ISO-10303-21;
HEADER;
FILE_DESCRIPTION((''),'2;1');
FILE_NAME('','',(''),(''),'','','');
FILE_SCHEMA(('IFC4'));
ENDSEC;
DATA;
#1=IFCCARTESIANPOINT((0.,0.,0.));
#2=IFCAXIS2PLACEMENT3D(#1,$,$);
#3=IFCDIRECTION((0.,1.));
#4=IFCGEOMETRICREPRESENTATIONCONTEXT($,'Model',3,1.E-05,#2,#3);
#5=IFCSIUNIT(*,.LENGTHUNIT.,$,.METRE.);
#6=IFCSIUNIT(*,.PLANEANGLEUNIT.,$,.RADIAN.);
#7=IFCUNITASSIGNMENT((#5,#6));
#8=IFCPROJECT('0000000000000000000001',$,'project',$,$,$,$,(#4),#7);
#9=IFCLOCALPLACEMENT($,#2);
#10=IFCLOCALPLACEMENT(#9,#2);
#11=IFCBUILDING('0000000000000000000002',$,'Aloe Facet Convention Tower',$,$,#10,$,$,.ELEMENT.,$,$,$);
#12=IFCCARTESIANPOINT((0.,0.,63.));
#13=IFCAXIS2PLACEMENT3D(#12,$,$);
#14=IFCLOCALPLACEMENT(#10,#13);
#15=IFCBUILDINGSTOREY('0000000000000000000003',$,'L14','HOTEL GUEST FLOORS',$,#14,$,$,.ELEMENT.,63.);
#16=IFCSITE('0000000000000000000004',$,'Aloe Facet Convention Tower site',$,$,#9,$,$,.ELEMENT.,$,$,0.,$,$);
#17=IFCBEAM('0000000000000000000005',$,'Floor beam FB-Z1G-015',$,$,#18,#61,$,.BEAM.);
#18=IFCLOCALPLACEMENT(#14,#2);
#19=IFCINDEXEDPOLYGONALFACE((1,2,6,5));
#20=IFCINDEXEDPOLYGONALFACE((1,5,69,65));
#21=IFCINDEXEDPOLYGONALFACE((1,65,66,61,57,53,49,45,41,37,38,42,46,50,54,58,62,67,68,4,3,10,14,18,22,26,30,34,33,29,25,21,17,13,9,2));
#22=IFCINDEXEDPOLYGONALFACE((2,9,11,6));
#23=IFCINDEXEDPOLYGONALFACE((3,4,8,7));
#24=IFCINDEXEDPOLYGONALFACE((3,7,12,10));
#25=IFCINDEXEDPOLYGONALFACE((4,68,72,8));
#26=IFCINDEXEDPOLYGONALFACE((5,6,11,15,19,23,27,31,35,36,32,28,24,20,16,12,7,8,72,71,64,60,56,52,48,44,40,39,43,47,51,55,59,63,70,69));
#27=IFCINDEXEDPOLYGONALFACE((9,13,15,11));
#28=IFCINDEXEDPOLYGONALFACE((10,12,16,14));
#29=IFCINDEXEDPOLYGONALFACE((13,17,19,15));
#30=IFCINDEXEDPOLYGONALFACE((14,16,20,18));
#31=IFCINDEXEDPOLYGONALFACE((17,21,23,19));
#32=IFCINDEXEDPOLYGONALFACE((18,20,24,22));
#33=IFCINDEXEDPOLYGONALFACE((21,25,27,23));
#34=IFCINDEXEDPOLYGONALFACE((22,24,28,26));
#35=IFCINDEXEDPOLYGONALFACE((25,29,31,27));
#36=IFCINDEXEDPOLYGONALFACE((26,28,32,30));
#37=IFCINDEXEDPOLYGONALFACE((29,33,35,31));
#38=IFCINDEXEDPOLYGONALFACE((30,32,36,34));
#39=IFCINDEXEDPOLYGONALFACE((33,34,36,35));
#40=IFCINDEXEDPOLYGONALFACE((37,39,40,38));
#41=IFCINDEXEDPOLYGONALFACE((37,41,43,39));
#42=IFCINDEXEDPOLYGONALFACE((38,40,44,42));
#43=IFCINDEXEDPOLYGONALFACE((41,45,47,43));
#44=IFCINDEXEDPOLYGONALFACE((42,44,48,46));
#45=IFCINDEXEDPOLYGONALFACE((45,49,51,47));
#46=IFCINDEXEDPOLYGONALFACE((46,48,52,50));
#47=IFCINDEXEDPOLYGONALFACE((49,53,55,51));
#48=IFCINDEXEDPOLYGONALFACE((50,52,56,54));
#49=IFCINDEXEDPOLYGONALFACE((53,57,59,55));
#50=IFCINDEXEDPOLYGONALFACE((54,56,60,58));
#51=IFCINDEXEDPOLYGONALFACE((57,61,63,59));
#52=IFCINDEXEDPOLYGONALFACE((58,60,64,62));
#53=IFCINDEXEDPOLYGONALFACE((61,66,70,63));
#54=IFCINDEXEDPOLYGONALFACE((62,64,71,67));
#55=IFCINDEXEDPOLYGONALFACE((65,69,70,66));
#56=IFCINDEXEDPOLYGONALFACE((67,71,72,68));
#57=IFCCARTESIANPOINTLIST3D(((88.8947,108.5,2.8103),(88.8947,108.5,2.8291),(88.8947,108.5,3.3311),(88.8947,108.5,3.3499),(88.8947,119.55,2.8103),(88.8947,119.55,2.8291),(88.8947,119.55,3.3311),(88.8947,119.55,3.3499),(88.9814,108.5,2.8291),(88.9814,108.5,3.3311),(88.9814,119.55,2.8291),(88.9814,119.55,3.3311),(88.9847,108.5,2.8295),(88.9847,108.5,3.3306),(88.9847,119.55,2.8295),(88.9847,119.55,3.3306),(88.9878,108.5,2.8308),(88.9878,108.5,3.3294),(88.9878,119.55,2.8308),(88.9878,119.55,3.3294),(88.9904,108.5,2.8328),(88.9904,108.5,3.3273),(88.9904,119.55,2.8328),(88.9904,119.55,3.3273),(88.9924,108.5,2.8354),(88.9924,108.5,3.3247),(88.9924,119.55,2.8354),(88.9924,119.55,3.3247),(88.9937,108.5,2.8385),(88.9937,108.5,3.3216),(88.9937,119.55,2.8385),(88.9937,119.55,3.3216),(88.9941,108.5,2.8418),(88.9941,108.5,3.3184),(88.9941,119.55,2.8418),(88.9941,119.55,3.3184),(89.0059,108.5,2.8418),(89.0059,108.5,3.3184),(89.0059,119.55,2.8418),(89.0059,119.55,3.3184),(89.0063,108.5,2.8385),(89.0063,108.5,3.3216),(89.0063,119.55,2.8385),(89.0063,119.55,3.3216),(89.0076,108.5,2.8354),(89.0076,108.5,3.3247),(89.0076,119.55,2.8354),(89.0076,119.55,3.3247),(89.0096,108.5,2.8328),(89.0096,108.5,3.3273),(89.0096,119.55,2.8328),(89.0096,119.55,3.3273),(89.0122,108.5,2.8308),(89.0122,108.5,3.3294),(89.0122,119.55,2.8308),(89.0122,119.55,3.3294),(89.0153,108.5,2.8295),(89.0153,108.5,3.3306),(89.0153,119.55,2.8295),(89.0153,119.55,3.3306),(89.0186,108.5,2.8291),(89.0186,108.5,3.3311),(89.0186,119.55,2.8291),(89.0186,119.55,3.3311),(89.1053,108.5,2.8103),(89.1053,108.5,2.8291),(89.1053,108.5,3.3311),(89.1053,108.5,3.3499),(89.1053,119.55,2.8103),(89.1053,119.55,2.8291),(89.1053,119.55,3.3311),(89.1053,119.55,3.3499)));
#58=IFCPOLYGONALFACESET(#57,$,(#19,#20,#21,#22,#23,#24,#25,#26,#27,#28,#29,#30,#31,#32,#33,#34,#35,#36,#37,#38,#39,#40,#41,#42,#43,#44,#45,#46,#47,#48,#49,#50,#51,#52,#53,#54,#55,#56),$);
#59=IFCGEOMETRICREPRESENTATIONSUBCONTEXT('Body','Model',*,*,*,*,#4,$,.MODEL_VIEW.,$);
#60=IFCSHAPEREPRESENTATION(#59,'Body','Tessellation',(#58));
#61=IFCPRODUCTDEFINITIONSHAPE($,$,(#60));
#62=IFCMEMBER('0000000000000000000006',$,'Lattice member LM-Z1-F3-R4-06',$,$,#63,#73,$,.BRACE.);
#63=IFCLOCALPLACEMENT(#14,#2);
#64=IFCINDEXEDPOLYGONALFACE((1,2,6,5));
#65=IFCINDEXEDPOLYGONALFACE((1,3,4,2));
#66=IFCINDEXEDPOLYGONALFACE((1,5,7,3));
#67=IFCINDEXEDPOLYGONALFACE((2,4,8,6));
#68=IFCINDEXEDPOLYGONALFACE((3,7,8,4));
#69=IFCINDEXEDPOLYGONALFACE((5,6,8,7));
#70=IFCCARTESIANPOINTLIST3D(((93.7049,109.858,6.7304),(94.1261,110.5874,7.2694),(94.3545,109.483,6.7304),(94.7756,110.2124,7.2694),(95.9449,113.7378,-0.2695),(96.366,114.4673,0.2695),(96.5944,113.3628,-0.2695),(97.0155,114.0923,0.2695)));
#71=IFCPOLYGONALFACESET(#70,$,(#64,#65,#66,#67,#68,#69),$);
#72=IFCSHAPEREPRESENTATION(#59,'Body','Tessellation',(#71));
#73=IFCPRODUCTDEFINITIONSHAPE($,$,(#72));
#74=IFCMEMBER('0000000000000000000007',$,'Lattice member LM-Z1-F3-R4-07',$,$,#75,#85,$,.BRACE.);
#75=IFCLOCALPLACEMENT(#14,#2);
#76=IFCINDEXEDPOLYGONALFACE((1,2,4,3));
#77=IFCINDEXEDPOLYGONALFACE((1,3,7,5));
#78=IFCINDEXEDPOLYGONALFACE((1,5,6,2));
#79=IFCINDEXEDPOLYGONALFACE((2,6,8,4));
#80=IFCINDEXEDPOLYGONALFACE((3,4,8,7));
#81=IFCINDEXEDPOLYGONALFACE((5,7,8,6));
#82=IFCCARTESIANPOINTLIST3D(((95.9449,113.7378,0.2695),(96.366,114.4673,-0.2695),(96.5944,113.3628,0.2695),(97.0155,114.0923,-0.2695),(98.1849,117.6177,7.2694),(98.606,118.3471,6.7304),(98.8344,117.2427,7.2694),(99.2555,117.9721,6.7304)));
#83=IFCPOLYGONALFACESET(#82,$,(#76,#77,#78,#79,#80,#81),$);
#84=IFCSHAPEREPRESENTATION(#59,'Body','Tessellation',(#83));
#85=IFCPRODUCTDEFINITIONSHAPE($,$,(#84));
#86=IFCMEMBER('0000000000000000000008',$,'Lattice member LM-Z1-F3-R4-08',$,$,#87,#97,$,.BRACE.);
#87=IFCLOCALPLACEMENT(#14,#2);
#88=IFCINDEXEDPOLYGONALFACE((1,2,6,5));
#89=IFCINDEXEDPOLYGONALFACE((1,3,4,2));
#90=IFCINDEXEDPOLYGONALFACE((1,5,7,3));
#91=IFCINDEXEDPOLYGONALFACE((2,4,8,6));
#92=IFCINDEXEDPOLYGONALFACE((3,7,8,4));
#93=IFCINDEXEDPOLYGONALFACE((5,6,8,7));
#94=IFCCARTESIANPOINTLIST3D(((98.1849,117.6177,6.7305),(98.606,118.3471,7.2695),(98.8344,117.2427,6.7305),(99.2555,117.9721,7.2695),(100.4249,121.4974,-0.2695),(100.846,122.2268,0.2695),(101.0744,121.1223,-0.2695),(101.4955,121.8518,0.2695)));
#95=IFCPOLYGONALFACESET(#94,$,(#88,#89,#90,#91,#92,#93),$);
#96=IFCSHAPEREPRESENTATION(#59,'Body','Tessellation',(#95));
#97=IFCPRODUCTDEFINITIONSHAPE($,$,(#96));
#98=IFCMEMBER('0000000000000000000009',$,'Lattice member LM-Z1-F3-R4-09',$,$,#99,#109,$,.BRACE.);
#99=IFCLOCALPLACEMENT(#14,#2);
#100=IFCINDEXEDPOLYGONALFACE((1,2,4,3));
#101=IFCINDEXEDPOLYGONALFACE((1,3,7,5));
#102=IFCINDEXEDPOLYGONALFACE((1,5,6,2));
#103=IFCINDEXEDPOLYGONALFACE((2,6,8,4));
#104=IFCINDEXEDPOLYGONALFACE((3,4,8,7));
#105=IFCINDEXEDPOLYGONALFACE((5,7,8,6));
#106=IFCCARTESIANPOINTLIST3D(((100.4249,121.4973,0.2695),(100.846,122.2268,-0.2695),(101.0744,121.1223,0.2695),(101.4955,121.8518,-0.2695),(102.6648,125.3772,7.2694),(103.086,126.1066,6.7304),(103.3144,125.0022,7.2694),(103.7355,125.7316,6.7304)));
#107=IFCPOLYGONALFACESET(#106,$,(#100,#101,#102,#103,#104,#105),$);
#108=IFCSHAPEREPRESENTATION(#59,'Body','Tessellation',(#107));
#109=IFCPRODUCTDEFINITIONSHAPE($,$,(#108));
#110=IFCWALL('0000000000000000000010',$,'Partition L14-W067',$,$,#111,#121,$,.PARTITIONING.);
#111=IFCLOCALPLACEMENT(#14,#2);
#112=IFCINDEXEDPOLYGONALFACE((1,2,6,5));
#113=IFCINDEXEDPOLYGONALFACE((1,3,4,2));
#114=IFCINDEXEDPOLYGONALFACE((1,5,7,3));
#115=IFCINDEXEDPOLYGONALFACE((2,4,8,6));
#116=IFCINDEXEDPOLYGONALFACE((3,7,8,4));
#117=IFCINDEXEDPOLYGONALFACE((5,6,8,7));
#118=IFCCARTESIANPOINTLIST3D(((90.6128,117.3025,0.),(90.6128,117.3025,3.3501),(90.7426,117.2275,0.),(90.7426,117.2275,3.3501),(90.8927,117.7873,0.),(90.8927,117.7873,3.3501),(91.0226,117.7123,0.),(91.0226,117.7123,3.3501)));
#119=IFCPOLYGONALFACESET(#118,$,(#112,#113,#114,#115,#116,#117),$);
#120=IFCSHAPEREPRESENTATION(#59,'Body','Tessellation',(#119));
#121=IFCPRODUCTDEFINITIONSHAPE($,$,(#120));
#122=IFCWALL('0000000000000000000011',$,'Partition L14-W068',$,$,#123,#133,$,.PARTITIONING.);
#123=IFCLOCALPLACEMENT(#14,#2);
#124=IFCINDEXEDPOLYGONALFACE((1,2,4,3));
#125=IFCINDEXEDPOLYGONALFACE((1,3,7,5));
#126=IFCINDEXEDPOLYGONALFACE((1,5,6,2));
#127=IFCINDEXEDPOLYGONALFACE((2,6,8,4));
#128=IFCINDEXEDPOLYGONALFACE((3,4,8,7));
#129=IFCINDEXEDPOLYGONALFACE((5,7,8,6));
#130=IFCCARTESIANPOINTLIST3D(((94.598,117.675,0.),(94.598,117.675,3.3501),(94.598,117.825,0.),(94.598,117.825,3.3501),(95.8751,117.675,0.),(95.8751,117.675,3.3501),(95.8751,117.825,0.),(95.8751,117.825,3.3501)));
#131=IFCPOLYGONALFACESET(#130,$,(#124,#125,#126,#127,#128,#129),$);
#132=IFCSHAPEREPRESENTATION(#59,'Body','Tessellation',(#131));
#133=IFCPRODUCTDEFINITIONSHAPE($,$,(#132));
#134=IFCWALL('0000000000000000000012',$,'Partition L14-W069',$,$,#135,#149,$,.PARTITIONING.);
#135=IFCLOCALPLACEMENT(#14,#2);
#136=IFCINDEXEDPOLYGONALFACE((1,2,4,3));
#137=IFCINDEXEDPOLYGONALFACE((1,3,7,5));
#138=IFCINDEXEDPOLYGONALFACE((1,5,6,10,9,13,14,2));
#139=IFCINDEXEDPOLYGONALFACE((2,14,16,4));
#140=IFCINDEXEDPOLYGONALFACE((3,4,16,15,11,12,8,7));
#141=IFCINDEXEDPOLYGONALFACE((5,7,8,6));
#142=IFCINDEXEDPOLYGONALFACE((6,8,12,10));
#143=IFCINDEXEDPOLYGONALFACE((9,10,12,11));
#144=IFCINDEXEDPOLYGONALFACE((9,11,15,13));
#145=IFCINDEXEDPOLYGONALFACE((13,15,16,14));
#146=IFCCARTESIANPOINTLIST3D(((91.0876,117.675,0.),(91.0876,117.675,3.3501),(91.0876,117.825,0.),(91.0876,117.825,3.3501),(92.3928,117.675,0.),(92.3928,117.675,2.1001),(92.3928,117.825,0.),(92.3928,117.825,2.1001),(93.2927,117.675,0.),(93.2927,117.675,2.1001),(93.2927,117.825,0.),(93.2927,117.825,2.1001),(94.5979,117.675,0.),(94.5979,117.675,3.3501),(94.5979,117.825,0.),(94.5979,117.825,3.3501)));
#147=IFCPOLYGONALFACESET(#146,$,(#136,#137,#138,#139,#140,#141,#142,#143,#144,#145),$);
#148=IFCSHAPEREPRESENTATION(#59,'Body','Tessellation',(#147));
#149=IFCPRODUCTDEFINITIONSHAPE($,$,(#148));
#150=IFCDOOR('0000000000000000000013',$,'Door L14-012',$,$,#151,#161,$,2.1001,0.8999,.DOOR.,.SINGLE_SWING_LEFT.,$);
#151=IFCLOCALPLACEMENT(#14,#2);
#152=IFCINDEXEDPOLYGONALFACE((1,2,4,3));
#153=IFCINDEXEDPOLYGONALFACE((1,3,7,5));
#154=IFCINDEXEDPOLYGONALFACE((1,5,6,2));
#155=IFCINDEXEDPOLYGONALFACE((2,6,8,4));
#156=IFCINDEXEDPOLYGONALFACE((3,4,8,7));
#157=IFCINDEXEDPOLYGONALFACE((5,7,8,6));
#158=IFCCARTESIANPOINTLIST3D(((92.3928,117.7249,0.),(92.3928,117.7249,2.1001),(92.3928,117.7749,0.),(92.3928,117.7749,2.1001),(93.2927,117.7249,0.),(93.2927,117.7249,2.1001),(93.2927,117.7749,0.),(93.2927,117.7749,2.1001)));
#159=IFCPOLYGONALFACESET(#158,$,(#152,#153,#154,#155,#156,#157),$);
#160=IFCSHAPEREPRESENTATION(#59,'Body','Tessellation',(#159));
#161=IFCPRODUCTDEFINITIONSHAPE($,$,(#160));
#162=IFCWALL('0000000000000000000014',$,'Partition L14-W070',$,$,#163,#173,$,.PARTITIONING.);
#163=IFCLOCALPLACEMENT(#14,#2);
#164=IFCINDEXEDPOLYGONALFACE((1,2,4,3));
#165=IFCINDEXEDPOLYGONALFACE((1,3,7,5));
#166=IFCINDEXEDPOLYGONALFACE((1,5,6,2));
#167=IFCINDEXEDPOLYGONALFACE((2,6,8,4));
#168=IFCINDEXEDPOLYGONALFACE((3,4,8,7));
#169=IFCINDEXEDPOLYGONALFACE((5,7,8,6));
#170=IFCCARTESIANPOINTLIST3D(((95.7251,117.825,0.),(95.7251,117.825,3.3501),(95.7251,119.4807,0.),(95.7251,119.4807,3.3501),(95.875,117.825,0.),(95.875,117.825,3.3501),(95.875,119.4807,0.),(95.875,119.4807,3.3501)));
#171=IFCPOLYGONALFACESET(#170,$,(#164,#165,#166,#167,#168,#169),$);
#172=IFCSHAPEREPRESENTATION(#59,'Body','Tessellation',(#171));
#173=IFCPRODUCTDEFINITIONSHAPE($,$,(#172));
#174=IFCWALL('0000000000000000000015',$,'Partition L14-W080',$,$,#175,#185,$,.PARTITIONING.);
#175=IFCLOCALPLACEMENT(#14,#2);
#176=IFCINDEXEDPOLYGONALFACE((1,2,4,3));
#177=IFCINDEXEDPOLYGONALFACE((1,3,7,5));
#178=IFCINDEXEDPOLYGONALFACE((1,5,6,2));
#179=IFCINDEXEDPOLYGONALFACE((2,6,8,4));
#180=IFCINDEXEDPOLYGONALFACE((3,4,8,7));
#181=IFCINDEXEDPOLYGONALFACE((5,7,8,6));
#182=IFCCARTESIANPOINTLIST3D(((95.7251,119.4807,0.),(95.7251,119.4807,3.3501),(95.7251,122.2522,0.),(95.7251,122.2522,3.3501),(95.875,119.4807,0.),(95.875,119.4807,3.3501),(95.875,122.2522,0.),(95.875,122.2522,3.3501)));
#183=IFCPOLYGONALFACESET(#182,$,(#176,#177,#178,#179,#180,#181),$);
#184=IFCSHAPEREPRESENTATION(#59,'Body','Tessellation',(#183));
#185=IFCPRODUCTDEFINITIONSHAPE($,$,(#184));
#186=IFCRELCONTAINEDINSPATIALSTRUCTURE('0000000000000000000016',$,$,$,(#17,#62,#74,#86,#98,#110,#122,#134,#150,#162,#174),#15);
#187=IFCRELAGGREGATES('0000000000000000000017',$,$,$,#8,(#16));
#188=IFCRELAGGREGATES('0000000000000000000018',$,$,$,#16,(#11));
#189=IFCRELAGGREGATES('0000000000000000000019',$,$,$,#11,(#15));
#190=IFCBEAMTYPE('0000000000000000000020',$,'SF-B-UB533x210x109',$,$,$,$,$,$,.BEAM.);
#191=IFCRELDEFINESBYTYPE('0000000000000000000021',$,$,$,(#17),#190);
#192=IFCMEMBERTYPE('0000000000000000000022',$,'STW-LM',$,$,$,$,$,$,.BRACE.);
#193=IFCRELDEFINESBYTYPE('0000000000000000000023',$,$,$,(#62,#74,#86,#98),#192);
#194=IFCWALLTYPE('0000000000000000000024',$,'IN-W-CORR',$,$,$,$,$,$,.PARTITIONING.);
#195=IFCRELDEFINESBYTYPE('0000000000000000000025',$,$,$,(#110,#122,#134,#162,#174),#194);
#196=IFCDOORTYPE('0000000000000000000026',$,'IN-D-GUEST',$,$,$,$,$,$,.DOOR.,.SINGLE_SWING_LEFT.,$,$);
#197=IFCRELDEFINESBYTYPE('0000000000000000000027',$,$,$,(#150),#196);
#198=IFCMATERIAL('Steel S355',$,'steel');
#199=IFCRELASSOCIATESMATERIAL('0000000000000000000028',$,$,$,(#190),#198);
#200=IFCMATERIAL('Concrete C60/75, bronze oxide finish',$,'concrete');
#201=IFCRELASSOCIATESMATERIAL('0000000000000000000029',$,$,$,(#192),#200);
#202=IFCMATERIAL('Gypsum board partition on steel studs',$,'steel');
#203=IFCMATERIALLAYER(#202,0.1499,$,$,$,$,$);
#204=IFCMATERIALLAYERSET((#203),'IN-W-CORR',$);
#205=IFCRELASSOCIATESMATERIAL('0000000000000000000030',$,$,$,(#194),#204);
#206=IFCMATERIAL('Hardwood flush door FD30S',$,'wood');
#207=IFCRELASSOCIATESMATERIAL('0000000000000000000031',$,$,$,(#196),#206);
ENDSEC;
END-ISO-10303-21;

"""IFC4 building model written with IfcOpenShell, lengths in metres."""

from ifc_helpers import new_model, si_unit, direction, frame, frame_2d, origin, origin_2d, place, context, subcontext, project, spatial, rectangle, i_section, extrude, material, layer, layer_set, material_profile, profile_set, type_object, element, fill, save


model = new_model("IFC4")

# Units and contexts
model_context = context("Model", 3, precision=1e-05, world=origin(), true_north=direction((0.0, 1.0)))
body_context = subcontext(model_context, "Body", "Model", "MODEL_VIEW")
ifc_project = project(units=[si_unit("LENGTHUNIT", "METRE"), si_unit("PLANEANGLEUNIT", "RADIAN")], contexts=[model_context])

# Site, building, storey
site_placement = place(None, origin())
site = spatial("IfcSite", under=ifc_project, at=site_placement, Name="Aloe Facet Convention Tower site", CompositionType="ELEMENT", RefElevation=0.0)
building_placement = place(site_placement, origin())
building = spatial("IfcBuilding", under=site, at=building_placement, Name="Aloe Facet Convention Tower", CompositionType="ELEMENT")
storey_placement = place(building_placement, frame((0.0, 0.0, 63.0)))
storey = spatial("IfcBuildingStorey", under=building, at=storey_placement, Name="L14", Description="HOTEL GUEST FLOORS", CompositionType="ELEMENT", Elevation=63.0)

# Beam
ifc_material_1 = material(Name="Steel S355", Category="steel")
ifc_material_profile_1 = material_profile(ifc_material_1, i_section(OverallWidth=0.2107, OverallDepth=0.5396, WebThickness=0.0117, FlangeThickness=0.0188, FilletRadius=0.0127, at=origin_2d()), Name="UB 533x210x109")
ifc_profile_set_1 = profile_set([ifc_material_profile_1], Name="Steel S355")
beam_type_1 = type_object("IfcBeamType", Name="SF-B-UB533x210x109", PredefinedType="BEAM", material=ifc_profile_set_1)
beam_1_placement = place(storey_placement, frame((89.0, 119.55, 3.0801), z_axis=(0.0, -1.0, 0.0), x_axis=(1.0, 0.0, 0.0)))
element("IfcBeam", 1, at=beam_1_placement, inside=storey, type_object=beam_type_1, Name="Floor beam FB-Z1G-015", PredefinedType="BEAM", context=body_context, shape_type="SweptSolid", body=[
    extrude(i_section(OverallWidth=0.2107, OverallDepth=0.5396, WebThickness=0.0117, FlangeThickness=0.0188, FilletRadius=0.0127, at=origin_2d()), origin(), (0.0, 0.0, 1.0), 11.05),
])

# Members
ifc_material_2 = material(Name="Concrete C60/75, bronze oxide finish", Category="concrete")
ifc_material_profile_2 = material_profile(ifc_material_2, rectangle(XDim=0.75, YDim=1.0, at=origin_2d()), Name="STW-LM")
ifc_profile_set_2 = profile_set([ifc_material_profile_2], Name="Concrete C60/75, bronze oxide finish")
member_type = type_object("IfcMemberType", Name="STW-LM", PredefinedType="BRACE", material=ifc_profile_set_2)
for number, where, z_axis, x_axis, name in (
    (2, (96.4802, 113.915, 0.0), (-0.269524, -0.466843, 0.842267), (0.866031, -0.49999, 0.0), "Lattice member LM-Z1-F3-R4-06"),
    (3, (96.4802, 113.915, 0.0), (0.269524, 0.466843, 0.842267), (-0.866031, 0.49999, 0.0), "Lattice member LM-Z1-F3-R4-07"),
    (4, (100.9602, 121.6746, 0.0), (-0.269528, -0.46682, 0.842279), (0.866018, -0.500013, 0.0), "Lattice member LM-Z1-F3-R4-08"),
    (5, (100.9602, 121.6746, 0.0), (0.269524, 0.466843, 0.842267), (-0.866031, 0.49999, 0.0), "Lattice member LM-Z1-F3-R4-09"),
):
    element("IfcMember", number, at=place(storey_placement, frame(where, z_axis=z_axis, x_axis=x_axis)), inside=storey, type_object=member_type, Name=name, PredefinedType="BRACE", context=body_context, shape_type="SweptSolid", body=[
        extrude(rectangle(XDim=0.75, YDim=1.0, at=origin_2d()), origin(), (0.0, 0.0, 1.0), 8.3108),
    ])

# Walls
ifc_material_3 = material(Name="Gypsum board partition on steel studs", Category="steel")
ifc_layer_1 = layer(ifc_material_3, 0.1499)
ifc_layer_set_1 = layer_set([ifc_layer_1], Name="IN-W-CORR")
wall_type_1 = type_object("IfcWallType", Name="IN-W-CORR", PredefinedType="PARTITIONING", material=ifc_layer_set_1)
wall_1_placement = place(storey_placement, frame((90.6777, 117.2651, 0.0), z_axis=(0.0, 0.0, 1.0), x_axis=(0.500125, 0.865953, 0.0)))
element("IfcWall", 6, at=wall_1_placement, inside=storey, type_object=wall_type_1, Name="Partition L14-W067", PredefinedType="PARTITIONING", context=body_context, shape_type="SweptSolid", body=[
    extrude(rectangle(XDim=0.5598, YDim=0.1499, at=frame_2d((0.2798, 0.0))), origin(), (0.0, 0.0, 1.0), 3.3501),
])
wall_2_placement = place(storey_placement, frame((94.5979, 117.75, 0.0), z_axis=(0.0, 0.0, 1.0), x_axis=(1.0, 0.0, 0.0)))
element("IfcWall", 7, at=wall_2_placement, inside=storey, type_object=wall_type_1, Name="Partition L14-W068", PredefinedType="PARTITIONING", context=body_context, shape_type="SweptSolid", body=[
    extrude(rectangle(XDim=1.2771, YDim=0.1499, at=frame_2d((0.6387, 0.0))), origin(), (0.0, 0.0, 1.0), 3.3501),
])

# Wall, opening, door
wall_3_placement = place(storey_placement, frame((91.0876, 117.75, 0.0), z_axis=(0.0, 0.0, 1.0), x_axis=(1.0, 0.0, 0.0)))
wall_3 = element("IfcWall", 8, at=wall_3_placement, inside=storey, type_object=wall_type_1, Name="Partition L14-W069", PredefinedType="PARTITIONING", context=body_context, shape_type="SweptSolid", body=[
    extrude(rectangle(XDim=3.5103, YDim=0.1499, at=frame_2d((1.7551, 0.0))), origin(), (0.0, 0.0, 1.0), 3.3501),
])
opening_1_placement = place(wall_3_placement, frame((1.3052, 0.0, 0.0)))
opening_1 = element("IfcOpeningElement", 9, at=opening_1_placement, cuts=wall_3, PredefinedType="OPENING", context=body_context, shape_type="SweptSolid", body=[
    extrude(rectangle(XDim=0.8999, YDim=2.1001, at=frame_2d((0.45, 1.05))), frame((0.0, 0.085, 0.0), z_axis=(0.0, -1.0, 0.0), x_axis=(1.0, 0.0, 0.0)), (0.0, 0.0, 1.0), 0.1699),
])
ifc_material_4 = material(Name="Hardwood flush door FD30S", Category="wood")
door_type_1 = type_object("IfcDoorType", Name="IN-D-GUEST", OperationType="SINGLE_SWING_LEFT", PredefinedType="DOOR", material=ifc_material_4)
door_1_placement = place(opening_1_placement, origin())
door_1 = element("IfcDoor", 10, at=door_1_placement, inside=storey, type_object=door_type_1, Name="Door L14-012", OperationType="SINGLE_SWING_LEFT", OverallHeight=2.1001, OverallWidth=0.8999, PredefinedType="DOOR", context=body_context, shape_type="SweptSolid", body=[
    extrude(rectangle(XDim=0.8999, YDim=2.1001, at=frame_2d((0.45, 1.05))), frame((0.0, 0.0249, 0.0), z_axis=(0.0, -1.0, 0.0), x_axis=(1.0, 0.0, 0.0)), (0.0, 0.0, 1.0), 0.05),
])
fill(opening_1, door_1)

# Walls
wall_4_placement = place(storey_placement, frame((95.8, 117.825, 0.0), z_axis=(0.0, 0.0, 1.0), x_axis=(0.0, 1.0, 0.0)))
element("IfcWall", 11, at=wall_4_placement, inside=storey, type_object=wall_type_1, Name="Partition L14-W070", PredefinedType="PARTITIONING", context=body_context, shape_type="SweptSolid", body=[
    extrude(rectangle(XDim=1.6558, YDim=0.1499, at=frame_2d((0.8279, 0.0))), origin(), (0.0, 0.0, 1.0), 3.3501),
])
wall_5_placement = place(storey_placement, frame((95.8, 119.4807, 0.0), z_axis=(0.0, 0.0, 1.0), x_axis=(0.0, 1.0, 0.0)))
element("IfcWall", 12, at=wall_5_placement, inside=storey, type_object=wall_type_1, Name="Partition L14-W080", PredefinedType="PARTITIONING", context=body_context, shape_type="SweptSolid", body=[
    extrude(rectangle(XDim=2.7715, YDim=0.1499, at=frame_2d((1.3857, 0.0))), origin(), (0.0, 0.0, 1.0), 3.3501),
])

save(model, "model.ifc")
